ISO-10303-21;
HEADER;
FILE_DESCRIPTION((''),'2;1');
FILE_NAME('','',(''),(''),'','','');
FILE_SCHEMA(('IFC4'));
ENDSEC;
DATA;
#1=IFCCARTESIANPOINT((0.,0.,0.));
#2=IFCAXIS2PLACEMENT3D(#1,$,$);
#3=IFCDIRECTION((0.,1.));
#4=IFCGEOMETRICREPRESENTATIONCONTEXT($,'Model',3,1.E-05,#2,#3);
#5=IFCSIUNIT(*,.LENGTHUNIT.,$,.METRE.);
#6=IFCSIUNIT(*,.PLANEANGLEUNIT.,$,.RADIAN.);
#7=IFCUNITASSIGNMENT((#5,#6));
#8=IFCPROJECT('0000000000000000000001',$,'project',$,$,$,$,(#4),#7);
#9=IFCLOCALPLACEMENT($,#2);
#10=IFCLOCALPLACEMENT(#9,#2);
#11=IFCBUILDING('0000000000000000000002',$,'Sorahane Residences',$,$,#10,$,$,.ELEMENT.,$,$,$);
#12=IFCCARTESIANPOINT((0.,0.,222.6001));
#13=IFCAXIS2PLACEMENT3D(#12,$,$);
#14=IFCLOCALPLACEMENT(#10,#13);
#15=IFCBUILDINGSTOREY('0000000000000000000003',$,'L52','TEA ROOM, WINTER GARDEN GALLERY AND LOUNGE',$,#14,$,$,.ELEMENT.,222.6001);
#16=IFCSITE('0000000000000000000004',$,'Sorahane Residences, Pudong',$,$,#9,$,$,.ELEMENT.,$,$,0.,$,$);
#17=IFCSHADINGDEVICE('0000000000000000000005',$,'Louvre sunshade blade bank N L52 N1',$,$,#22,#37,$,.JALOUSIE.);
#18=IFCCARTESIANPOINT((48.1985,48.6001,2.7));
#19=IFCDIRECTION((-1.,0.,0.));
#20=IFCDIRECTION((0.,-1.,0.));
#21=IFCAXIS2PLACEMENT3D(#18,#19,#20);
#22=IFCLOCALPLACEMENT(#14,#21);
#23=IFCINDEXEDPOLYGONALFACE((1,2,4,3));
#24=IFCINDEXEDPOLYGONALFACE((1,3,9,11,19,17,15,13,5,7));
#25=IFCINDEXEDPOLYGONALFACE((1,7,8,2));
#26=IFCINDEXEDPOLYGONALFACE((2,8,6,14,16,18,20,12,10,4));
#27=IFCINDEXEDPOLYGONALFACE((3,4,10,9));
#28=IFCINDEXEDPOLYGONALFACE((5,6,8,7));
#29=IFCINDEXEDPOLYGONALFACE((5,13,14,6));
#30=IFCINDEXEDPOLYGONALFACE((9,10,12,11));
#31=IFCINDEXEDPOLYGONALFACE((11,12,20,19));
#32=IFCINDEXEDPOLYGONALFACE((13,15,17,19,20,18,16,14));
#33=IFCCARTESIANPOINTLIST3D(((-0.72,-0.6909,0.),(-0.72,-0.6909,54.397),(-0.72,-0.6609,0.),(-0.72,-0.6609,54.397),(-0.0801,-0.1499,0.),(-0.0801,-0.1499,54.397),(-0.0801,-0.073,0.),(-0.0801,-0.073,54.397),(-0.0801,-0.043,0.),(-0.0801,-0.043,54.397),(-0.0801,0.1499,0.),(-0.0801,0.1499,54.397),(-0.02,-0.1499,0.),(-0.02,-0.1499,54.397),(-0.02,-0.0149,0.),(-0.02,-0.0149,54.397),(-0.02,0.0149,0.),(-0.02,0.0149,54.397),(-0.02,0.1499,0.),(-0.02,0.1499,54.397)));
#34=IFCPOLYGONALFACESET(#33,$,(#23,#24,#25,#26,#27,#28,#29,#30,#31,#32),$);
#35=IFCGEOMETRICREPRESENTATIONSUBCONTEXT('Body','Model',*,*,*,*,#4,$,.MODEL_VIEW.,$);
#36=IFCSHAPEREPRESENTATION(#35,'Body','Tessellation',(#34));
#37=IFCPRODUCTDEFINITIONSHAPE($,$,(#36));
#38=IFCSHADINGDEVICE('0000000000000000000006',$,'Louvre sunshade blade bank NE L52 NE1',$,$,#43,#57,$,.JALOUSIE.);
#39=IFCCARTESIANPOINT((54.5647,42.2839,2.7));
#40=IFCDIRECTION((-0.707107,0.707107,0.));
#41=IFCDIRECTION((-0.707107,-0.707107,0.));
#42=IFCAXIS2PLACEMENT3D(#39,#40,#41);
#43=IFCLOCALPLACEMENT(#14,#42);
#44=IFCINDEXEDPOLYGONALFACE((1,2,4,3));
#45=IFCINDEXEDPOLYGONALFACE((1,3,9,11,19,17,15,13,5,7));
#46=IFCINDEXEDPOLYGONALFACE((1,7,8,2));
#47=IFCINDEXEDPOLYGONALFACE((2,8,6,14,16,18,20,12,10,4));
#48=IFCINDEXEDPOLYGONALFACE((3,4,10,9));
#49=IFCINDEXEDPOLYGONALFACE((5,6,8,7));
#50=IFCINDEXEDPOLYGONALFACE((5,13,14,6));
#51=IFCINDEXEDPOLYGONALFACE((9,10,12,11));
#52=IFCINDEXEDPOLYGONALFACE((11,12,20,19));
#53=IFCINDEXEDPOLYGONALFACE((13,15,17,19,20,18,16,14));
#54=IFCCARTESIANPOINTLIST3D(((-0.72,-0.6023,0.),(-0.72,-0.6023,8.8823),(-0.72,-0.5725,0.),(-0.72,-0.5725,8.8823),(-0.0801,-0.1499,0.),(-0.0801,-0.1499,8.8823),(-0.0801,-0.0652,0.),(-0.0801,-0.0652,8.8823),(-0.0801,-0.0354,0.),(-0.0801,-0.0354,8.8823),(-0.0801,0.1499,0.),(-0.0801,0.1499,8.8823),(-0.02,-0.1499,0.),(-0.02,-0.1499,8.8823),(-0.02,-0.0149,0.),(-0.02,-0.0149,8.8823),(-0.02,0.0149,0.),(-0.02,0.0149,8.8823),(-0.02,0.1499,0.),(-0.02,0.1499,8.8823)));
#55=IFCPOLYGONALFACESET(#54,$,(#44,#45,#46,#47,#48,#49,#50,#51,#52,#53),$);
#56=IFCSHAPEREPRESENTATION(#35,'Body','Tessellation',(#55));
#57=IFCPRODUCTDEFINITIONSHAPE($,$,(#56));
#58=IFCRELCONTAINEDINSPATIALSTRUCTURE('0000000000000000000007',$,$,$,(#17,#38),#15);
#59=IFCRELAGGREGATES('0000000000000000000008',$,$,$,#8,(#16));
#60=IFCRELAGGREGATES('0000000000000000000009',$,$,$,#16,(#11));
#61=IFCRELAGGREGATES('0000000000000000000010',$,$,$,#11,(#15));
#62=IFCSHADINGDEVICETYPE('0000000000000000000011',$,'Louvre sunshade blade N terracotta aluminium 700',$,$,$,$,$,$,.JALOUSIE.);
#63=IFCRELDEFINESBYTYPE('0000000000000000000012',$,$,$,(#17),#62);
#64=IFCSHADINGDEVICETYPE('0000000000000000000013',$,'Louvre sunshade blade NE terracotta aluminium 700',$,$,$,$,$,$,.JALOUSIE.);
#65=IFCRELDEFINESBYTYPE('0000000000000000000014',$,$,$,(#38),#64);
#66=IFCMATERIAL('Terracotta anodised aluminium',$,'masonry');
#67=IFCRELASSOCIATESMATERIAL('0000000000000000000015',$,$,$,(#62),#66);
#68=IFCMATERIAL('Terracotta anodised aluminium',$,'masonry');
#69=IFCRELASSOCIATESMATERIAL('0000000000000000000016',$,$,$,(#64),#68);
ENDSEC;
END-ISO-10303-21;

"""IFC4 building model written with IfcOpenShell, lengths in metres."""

from ifc_helpers import new_model, si_unit, direction, frame, origin, place, context, subcontext, project, spatial, polyline, outline, extrude, material, type_object, element, save


model = new_model("IFC4")

# Units and contexts
model_context = context("Model", 3, precision=1e-05, world=origin(), true_north=direction((0.0, 1.0)))
body_context = subcontext(model_context, "Body", "Model", "MODEL_VIEW")
ifc_project = project(units=[si_unit("LENGTHUNIT", "METRE"), si_unit("PLANEANGLEUNIT", "RADIAN")], contexts=[model_context])

# Site, building, storey
site_placement = place(None, origin())
site = spatial("IfcSite", under=ifc_project, at=site_placement, Name="Sorahane Residences, Pudong", CompositionType="ELEMENT", RefElevation=0.0)
building_placement = place(site_placement, origin())
building = spatial("IfcBuilding", under=site, at=building_placement, Name="Sorahane Residences", CompositionType="ELEMENT")
storey_placement = place(building_placement, frame((0.0, 0.0, 222.6001)))
storey = spatial("IfcBuildingStorey", under=building, at=storey_placement, Name="L52", Description="TEA ROOM, WINTER GARDEN GALLERY AND LOUNGE", CompositionType="ELEMENT", Elevation=222.6001)

# Shading devices
ifc_material_1 = material(Name="Terracotta anodised aluminium", Category="masonry")
shading_device_type_1 = type_object("IfcShadingDeviceType", Name="Louvre sunshade blade N terracotta aluminium 700", PredefinedType="JALOUSIE", material=ifc_material_1)
shading_device_1_placement = place(storey_placement, frame((48.1985, 48.6001, 2.7), z_axis=(-1.0, 0.0, 0.0), x_axis=(0.0, -1.0, 0.0)))
element("IfcShadingDevice", 1, at=shading_device_1_placement, inside=storey, type_object=shading_device_type_1, Name="Louvre sunshade blade bank N L52 N1", PredefinedType="JALOUSIE", context=body_context, shape_type="SweptSolid", body=[
    extrude(outline(polyline([(-0.72, -0.6609), (-0.72, -0.6909), (-0.0801, -0.073), (-0.0801, -0.1499), (-0.02, -0.1499), (-0.02, -0.0149), (-0.02, 0.0149), (-0.02, 0.1499), (-0.0801, 0.1499), (-0.0801, -0.043), (-0.72, -0.6609)])), origin(), (0.0, 0.0, 1.0), 54.397),
])
ifc_material_2 = material(Name="Terracotta anodised aluminium", Category="masonry")
shading_device_type_2 = type_object("IfcShadingDeviceType", Name="Louvre sunshade blade NE terracotta aluminium 700", PredefinedType="JALOUSIE", material=ifc_material_2)
shading_device_2_placement = place(storey_placement, frame((54.5647, 42.2839, 2.7), z_axis=(-0.707107, 0.707107, 0.0), x_axis=(-0.707107, -0.707107, 0.0)))
element("IfcShadingDevice", 2, at=shading_device_2_placement, inside=storey, type_object=shading_device_type_2, Name="Louvre sunshade blade bank NE L52 NE1", PredefinedType="JALOUSIE", context=body_context, shape_type="SweptSolid", body=[
    extrude(outline(polyline([(-0.72, -0.5725), (-0.72, -0.6023), (-0.0801, -0.0652), (-0.0801, -0.1499), (-0.02, -0.1499), (-0.02, -0.0149), (-0.02, 0.0149), (-0.02, 0.1499), (-0.0801, 0.1499), (-0.0801, -0.0354), (-0.72, -0.5725)])), origin(), (0.0, 0.0, 1.0), 8.8823),
])

save(model, "model.ifc")
